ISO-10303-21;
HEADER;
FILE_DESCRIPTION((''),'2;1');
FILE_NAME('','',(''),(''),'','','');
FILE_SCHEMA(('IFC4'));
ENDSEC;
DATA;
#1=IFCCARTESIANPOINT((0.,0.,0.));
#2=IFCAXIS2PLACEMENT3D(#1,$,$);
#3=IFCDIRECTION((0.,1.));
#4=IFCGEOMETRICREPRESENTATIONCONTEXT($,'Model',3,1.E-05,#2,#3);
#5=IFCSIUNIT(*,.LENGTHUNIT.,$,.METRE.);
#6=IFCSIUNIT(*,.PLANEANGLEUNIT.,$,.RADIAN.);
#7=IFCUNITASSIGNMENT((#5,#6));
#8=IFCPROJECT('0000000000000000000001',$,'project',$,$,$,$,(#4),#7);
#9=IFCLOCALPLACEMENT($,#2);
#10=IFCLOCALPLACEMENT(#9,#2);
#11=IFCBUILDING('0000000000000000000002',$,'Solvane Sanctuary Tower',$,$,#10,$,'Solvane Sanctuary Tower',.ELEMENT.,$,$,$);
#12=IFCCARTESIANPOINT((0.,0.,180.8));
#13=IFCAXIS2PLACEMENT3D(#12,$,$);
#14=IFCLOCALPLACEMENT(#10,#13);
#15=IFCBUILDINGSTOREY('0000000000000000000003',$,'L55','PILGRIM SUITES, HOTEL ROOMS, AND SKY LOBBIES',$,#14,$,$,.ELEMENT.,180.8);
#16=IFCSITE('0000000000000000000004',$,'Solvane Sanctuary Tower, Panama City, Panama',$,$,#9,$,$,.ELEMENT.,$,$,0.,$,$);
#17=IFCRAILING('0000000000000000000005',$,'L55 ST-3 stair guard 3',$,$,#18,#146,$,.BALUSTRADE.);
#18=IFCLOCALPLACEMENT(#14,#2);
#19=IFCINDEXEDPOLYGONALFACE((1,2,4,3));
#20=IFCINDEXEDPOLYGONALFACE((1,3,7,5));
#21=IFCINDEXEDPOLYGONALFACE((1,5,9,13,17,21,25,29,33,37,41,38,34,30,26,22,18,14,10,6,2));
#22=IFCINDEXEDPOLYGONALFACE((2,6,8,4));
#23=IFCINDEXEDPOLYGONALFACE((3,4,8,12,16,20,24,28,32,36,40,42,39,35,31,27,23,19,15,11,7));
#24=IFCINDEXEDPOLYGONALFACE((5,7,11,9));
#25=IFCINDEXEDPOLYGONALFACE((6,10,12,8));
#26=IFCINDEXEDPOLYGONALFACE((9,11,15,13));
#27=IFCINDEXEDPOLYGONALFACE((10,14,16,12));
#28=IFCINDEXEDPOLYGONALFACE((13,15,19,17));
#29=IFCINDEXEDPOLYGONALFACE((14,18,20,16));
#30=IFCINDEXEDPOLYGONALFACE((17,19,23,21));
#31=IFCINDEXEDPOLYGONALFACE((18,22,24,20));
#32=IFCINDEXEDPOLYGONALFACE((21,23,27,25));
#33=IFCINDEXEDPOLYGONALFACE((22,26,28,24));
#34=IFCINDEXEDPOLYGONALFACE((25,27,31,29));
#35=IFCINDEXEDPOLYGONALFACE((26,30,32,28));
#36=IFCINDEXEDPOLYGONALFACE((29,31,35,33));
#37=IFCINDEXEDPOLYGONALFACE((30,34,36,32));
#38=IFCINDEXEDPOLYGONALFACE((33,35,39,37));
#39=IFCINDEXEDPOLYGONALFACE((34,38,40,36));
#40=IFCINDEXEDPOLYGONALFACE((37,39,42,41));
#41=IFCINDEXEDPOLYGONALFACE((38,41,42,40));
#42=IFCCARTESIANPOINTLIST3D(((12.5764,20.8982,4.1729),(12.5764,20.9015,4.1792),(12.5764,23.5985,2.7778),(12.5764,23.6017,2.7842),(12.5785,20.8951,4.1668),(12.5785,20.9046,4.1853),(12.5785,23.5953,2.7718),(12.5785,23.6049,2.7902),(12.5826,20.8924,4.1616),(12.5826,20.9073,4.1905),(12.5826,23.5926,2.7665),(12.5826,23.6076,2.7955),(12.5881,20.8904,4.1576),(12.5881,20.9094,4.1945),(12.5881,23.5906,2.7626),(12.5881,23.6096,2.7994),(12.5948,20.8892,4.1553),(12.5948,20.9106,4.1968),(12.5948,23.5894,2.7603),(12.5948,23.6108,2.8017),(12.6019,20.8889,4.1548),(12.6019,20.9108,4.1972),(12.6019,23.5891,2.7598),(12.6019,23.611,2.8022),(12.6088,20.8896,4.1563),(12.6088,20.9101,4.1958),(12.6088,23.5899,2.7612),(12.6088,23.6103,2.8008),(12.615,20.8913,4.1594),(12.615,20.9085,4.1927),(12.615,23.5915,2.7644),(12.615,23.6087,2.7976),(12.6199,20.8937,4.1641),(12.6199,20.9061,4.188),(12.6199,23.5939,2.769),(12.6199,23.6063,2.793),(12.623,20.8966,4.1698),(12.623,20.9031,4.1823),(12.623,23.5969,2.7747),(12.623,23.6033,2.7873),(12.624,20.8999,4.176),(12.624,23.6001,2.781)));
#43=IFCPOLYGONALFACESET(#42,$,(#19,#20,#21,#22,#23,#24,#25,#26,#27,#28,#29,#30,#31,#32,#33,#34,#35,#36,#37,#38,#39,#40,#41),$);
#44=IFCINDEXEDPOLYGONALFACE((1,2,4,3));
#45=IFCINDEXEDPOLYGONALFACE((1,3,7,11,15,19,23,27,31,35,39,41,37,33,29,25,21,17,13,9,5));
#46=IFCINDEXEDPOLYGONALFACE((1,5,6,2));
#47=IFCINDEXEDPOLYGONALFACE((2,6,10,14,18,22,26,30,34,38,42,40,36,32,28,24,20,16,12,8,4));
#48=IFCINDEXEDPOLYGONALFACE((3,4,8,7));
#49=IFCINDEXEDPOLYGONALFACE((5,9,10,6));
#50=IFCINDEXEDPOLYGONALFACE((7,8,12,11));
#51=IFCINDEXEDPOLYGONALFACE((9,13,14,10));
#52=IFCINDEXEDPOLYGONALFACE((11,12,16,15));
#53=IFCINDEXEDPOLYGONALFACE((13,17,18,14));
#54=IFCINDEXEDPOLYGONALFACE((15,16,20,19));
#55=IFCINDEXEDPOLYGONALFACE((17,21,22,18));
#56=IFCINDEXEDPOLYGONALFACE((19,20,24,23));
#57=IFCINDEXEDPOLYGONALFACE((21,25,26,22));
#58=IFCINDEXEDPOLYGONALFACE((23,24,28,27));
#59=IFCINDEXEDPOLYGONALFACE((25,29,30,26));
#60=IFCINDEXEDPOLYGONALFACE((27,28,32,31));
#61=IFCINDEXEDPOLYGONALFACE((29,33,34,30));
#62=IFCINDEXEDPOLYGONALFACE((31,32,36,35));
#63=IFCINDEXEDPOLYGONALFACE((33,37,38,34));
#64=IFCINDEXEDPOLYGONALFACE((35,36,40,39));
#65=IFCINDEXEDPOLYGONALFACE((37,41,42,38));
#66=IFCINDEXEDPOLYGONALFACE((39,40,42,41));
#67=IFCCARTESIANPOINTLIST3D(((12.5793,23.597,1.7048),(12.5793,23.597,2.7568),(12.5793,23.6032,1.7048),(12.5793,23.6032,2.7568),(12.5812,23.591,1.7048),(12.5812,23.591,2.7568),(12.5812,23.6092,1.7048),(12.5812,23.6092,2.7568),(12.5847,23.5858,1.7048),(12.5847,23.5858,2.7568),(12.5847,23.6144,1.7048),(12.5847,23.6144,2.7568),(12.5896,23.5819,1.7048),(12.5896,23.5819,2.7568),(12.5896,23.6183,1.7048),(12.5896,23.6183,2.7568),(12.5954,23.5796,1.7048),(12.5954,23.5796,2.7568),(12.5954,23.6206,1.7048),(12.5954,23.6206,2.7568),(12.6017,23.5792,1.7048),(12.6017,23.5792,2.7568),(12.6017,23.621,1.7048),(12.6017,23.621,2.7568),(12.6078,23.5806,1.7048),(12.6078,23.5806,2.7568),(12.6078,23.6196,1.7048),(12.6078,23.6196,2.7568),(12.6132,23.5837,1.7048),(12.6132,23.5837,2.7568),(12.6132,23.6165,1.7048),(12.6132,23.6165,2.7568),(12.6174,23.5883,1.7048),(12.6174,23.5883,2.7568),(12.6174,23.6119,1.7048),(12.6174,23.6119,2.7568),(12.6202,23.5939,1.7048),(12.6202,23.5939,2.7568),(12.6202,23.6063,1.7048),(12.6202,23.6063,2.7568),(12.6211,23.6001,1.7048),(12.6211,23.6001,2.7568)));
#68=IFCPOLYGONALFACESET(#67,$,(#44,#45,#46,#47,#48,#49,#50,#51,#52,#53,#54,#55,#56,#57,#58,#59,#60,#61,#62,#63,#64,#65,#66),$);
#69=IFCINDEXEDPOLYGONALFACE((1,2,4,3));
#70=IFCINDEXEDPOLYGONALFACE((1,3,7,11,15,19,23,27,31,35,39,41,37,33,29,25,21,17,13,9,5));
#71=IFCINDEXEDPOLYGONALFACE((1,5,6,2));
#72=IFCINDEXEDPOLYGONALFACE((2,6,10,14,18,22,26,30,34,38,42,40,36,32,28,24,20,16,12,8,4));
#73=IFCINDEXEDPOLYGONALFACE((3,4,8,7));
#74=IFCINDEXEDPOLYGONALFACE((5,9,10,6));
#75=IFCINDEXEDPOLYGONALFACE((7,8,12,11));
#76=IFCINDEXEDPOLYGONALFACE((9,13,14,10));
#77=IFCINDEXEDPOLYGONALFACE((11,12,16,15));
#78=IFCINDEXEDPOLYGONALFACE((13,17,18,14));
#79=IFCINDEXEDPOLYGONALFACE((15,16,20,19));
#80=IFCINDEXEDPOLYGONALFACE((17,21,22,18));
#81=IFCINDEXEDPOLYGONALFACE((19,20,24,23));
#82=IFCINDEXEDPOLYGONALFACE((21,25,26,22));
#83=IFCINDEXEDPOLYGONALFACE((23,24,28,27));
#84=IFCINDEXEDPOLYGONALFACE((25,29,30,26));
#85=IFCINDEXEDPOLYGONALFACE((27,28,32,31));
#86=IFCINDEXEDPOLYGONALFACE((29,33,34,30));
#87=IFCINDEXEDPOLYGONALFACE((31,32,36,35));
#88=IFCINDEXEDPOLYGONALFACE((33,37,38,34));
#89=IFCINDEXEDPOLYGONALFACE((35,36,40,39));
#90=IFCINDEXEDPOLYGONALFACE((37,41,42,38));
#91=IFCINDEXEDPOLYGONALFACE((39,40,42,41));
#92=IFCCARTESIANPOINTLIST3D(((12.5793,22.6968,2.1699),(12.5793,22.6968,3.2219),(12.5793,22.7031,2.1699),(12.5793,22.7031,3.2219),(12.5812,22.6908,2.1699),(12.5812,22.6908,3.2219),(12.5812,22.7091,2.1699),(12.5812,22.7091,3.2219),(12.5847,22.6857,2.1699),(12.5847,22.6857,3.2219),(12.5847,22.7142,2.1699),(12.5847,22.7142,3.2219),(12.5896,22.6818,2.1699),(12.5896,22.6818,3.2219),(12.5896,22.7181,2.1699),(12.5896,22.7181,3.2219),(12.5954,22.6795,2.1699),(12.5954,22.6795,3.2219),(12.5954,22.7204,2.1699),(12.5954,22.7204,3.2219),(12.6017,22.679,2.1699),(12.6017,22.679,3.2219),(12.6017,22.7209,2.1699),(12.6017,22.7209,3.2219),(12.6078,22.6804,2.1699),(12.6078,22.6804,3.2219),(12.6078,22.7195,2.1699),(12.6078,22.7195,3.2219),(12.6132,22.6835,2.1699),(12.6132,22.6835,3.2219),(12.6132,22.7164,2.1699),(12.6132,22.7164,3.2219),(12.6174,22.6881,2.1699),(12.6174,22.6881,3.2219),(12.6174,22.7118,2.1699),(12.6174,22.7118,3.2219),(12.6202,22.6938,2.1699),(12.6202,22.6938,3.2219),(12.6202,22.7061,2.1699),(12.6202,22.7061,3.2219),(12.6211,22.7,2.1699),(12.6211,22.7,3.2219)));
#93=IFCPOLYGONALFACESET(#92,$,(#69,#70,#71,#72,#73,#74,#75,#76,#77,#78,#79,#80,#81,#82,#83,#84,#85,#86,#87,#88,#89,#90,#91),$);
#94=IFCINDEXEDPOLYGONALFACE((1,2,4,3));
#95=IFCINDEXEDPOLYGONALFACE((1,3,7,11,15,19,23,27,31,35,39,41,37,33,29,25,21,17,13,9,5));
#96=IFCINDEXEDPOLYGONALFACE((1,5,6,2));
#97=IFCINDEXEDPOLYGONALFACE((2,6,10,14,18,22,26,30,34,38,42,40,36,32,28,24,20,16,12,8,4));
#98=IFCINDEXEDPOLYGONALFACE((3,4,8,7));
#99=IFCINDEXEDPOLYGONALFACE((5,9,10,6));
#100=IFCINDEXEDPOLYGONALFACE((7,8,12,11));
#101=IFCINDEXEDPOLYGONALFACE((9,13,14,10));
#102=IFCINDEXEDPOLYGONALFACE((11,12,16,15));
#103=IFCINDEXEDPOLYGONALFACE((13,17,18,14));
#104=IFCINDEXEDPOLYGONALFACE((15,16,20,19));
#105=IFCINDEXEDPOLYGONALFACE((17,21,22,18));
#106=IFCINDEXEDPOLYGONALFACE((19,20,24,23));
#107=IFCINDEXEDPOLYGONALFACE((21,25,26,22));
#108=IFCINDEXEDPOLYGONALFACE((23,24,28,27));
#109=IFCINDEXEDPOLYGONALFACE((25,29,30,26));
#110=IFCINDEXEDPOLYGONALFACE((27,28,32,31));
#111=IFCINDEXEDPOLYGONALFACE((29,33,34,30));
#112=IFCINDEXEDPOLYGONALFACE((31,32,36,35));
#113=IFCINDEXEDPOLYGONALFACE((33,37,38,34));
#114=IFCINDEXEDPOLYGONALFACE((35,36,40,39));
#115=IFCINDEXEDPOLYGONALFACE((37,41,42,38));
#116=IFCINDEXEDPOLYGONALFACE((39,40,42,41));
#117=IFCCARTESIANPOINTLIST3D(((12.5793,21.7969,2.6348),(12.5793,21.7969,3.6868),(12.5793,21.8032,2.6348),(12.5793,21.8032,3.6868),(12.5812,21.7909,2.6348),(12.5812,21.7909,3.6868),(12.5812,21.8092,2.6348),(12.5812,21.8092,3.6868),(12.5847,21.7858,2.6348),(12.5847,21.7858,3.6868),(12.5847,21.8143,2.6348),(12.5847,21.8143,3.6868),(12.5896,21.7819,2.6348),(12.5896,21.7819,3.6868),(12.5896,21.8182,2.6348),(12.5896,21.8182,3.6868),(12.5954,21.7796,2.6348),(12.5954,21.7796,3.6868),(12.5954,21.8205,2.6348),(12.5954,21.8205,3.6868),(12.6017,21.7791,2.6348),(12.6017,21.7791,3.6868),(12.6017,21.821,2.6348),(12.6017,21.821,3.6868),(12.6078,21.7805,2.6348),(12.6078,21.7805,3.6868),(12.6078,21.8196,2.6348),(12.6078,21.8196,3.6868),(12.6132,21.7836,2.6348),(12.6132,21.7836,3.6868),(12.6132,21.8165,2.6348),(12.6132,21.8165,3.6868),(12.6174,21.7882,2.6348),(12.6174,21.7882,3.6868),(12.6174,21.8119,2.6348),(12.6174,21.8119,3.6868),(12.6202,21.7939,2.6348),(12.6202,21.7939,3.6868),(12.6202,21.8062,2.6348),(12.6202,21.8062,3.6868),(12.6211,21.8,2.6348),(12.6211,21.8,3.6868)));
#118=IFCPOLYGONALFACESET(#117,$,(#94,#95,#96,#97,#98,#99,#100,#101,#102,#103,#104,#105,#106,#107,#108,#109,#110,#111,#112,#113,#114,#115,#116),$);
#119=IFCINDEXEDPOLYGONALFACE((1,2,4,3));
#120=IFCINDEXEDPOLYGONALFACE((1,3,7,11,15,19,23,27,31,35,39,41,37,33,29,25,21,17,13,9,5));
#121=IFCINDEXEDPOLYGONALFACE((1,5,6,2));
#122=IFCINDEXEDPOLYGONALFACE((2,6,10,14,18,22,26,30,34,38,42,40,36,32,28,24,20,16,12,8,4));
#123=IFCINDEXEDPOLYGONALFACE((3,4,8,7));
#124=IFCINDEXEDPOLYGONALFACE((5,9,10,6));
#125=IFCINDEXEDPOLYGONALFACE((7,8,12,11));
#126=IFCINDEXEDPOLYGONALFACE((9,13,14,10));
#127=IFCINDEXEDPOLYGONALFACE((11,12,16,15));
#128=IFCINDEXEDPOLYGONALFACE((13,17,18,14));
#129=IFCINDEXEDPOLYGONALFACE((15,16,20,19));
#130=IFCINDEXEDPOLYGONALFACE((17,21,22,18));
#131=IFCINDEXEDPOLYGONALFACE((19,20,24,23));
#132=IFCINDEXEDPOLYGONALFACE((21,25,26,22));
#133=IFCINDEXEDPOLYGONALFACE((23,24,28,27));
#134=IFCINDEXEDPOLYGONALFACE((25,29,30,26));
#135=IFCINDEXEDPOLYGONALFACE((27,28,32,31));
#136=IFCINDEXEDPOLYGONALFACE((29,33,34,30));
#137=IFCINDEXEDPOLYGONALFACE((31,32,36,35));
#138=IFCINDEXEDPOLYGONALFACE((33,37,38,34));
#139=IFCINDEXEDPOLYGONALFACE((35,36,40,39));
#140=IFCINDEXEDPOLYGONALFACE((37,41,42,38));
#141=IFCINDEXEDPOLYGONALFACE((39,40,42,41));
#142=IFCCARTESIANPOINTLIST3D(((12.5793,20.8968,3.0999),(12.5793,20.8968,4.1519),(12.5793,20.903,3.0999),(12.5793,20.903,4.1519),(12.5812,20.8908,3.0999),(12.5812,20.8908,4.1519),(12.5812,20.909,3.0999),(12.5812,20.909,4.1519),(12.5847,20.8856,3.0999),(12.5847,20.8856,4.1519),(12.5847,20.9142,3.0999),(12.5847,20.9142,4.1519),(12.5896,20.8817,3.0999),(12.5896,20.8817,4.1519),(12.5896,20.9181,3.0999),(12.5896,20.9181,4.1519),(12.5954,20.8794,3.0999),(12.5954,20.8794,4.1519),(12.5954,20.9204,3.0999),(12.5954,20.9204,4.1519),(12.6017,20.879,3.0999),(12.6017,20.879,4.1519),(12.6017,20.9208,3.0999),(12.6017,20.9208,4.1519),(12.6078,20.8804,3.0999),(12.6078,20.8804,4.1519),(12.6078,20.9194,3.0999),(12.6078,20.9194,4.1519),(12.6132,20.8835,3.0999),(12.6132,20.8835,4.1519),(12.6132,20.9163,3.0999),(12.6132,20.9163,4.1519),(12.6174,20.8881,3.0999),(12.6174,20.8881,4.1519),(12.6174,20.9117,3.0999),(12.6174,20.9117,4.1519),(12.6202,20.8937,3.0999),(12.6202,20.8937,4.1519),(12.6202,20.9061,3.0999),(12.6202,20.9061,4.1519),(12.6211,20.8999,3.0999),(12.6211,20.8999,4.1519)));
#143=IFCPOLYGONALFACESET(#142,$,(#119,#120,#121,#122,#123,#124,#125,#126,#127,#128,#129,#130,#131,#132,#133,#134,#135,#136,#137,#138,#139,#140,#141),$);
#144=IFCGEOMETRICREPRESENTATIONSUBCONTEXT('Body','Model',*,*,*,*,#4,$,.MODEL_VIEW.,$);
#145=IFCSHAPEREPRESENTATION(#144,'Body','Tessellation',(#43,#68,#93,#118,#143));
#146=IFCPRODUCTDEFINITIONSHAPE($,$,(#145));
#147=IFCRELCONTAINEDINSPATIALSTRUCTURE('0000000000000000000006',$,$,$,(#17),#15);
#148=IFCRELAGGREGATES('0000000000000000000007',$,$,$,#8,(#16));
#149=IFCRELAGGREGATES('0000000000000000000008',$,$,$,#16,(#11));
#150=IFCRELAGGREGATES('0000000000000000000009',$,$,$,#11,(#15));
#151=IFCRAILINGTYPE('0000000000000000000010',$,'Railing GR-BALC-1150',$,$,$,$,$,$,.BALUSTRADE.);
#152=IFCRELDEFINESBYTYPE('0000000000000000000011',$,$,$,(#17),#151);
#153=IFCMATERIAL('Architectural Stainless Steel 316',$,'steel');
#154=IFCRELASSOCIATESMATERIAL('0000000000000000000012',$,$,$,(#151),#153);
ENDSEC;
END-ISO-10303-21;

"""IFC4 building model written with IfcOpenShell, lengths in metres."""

from ifc_helpers import new_model, si_unit, direction, frame, origin, origin_2d, place, context, subcontext, project, spatial, circle, extrude, material, type_object, element, save


model = new_model("IFC4")

# Units and contexts
model_context = context("Model", 3, precision=1e-05, world=origin(), true_north=direction((0.0, 1.0)))
body_context = subcontext(model_context, "Body", "Model", "MODEL_VIEW")
ifc_project = project(units=[si_unit("LENGTHUNIT", "METRE"), si_unit("PLANEANGLEUNIT", "RADIAN")], contexts=[model_context])

# Site, building, storey
site_placement = place(None, origin())
site = spatial("IfcSite", under=ifc_project, at=site_placement, Name="Solvane Sanctuary Tower, Panama City, Panama", CompositionType="ELEMENT", RefElevation=0.0)
building_placement = place(site_placement, origin())
building = spatial("IfcBuilding", under=site, at=building_placement, Name="Solvane Sanctuary Tower", LongName="Solvane Sanctuary Tower", CompositionType="ELEMENT")
storey_placement = place(building_placement, frame((0.0, 0.0, 180.8)))
storey = spatial("IfcBuildingStorey", under=building, at=storey_placement, Name="L55", Description="PILGRIM SUITES, HOTEL ROOMS, AND SKY LOBBIES", CompositionType="ELEMENT", Elevation=180.8)

# Railing
ifc_material_1 = material(Name="Architectural Stainless Steel 316", Category="steel")
railing_type_1 = type_object("IfcRailingType", Name="Railing GR-BALC-1150", PredefinedType="BALUSTRADE", material=ifc_material_1)
railing_1_placement = place(storey_placement, frame((12.6001, 23.6001, 1.7048)))
element("IfcRailing", 1, at=railing_1_placement, inside=storey, type_object=railing_type_1, Name="L55 ST-3 stair guard 3", PredefinedType="BALUSTRADE", context=body_context, shape_type="SweptSolid", body=[
    extrude(circle(Radius=0.0239, at=origin_2d()), frame((0.0, 0.0, 1.0762), z_axis=(0.0, -0.888437, 0.458999), x_axis=(1.0, 0.0, 0.0)), (0.0, 0.0, 1.0), 3.0393),
    extrude(circle(Radius=0.021, at=origin_2d()), origin(), (0.0, 0.0, 1.0), 1.052),
    extrude(circle(Radius=0.021, at=origin_2d()), frame((0.0, -0.9001, 0.4651)), (0.0, 0.0, 1.0), 1.052),
    extrude(circle(Radius=0.021, at=origin_2d()), frame((0.0, -1.8, 0.9299)), (0.0, 0.0, 1.0), 1.052),
    extrude(circle(Radius=0.021, at=origin_2d()), frame((0.0, -2.7002, 1.395)), (0.0, 0.0, 1.0), 1.052),
])

save(model, "model.ifc")
